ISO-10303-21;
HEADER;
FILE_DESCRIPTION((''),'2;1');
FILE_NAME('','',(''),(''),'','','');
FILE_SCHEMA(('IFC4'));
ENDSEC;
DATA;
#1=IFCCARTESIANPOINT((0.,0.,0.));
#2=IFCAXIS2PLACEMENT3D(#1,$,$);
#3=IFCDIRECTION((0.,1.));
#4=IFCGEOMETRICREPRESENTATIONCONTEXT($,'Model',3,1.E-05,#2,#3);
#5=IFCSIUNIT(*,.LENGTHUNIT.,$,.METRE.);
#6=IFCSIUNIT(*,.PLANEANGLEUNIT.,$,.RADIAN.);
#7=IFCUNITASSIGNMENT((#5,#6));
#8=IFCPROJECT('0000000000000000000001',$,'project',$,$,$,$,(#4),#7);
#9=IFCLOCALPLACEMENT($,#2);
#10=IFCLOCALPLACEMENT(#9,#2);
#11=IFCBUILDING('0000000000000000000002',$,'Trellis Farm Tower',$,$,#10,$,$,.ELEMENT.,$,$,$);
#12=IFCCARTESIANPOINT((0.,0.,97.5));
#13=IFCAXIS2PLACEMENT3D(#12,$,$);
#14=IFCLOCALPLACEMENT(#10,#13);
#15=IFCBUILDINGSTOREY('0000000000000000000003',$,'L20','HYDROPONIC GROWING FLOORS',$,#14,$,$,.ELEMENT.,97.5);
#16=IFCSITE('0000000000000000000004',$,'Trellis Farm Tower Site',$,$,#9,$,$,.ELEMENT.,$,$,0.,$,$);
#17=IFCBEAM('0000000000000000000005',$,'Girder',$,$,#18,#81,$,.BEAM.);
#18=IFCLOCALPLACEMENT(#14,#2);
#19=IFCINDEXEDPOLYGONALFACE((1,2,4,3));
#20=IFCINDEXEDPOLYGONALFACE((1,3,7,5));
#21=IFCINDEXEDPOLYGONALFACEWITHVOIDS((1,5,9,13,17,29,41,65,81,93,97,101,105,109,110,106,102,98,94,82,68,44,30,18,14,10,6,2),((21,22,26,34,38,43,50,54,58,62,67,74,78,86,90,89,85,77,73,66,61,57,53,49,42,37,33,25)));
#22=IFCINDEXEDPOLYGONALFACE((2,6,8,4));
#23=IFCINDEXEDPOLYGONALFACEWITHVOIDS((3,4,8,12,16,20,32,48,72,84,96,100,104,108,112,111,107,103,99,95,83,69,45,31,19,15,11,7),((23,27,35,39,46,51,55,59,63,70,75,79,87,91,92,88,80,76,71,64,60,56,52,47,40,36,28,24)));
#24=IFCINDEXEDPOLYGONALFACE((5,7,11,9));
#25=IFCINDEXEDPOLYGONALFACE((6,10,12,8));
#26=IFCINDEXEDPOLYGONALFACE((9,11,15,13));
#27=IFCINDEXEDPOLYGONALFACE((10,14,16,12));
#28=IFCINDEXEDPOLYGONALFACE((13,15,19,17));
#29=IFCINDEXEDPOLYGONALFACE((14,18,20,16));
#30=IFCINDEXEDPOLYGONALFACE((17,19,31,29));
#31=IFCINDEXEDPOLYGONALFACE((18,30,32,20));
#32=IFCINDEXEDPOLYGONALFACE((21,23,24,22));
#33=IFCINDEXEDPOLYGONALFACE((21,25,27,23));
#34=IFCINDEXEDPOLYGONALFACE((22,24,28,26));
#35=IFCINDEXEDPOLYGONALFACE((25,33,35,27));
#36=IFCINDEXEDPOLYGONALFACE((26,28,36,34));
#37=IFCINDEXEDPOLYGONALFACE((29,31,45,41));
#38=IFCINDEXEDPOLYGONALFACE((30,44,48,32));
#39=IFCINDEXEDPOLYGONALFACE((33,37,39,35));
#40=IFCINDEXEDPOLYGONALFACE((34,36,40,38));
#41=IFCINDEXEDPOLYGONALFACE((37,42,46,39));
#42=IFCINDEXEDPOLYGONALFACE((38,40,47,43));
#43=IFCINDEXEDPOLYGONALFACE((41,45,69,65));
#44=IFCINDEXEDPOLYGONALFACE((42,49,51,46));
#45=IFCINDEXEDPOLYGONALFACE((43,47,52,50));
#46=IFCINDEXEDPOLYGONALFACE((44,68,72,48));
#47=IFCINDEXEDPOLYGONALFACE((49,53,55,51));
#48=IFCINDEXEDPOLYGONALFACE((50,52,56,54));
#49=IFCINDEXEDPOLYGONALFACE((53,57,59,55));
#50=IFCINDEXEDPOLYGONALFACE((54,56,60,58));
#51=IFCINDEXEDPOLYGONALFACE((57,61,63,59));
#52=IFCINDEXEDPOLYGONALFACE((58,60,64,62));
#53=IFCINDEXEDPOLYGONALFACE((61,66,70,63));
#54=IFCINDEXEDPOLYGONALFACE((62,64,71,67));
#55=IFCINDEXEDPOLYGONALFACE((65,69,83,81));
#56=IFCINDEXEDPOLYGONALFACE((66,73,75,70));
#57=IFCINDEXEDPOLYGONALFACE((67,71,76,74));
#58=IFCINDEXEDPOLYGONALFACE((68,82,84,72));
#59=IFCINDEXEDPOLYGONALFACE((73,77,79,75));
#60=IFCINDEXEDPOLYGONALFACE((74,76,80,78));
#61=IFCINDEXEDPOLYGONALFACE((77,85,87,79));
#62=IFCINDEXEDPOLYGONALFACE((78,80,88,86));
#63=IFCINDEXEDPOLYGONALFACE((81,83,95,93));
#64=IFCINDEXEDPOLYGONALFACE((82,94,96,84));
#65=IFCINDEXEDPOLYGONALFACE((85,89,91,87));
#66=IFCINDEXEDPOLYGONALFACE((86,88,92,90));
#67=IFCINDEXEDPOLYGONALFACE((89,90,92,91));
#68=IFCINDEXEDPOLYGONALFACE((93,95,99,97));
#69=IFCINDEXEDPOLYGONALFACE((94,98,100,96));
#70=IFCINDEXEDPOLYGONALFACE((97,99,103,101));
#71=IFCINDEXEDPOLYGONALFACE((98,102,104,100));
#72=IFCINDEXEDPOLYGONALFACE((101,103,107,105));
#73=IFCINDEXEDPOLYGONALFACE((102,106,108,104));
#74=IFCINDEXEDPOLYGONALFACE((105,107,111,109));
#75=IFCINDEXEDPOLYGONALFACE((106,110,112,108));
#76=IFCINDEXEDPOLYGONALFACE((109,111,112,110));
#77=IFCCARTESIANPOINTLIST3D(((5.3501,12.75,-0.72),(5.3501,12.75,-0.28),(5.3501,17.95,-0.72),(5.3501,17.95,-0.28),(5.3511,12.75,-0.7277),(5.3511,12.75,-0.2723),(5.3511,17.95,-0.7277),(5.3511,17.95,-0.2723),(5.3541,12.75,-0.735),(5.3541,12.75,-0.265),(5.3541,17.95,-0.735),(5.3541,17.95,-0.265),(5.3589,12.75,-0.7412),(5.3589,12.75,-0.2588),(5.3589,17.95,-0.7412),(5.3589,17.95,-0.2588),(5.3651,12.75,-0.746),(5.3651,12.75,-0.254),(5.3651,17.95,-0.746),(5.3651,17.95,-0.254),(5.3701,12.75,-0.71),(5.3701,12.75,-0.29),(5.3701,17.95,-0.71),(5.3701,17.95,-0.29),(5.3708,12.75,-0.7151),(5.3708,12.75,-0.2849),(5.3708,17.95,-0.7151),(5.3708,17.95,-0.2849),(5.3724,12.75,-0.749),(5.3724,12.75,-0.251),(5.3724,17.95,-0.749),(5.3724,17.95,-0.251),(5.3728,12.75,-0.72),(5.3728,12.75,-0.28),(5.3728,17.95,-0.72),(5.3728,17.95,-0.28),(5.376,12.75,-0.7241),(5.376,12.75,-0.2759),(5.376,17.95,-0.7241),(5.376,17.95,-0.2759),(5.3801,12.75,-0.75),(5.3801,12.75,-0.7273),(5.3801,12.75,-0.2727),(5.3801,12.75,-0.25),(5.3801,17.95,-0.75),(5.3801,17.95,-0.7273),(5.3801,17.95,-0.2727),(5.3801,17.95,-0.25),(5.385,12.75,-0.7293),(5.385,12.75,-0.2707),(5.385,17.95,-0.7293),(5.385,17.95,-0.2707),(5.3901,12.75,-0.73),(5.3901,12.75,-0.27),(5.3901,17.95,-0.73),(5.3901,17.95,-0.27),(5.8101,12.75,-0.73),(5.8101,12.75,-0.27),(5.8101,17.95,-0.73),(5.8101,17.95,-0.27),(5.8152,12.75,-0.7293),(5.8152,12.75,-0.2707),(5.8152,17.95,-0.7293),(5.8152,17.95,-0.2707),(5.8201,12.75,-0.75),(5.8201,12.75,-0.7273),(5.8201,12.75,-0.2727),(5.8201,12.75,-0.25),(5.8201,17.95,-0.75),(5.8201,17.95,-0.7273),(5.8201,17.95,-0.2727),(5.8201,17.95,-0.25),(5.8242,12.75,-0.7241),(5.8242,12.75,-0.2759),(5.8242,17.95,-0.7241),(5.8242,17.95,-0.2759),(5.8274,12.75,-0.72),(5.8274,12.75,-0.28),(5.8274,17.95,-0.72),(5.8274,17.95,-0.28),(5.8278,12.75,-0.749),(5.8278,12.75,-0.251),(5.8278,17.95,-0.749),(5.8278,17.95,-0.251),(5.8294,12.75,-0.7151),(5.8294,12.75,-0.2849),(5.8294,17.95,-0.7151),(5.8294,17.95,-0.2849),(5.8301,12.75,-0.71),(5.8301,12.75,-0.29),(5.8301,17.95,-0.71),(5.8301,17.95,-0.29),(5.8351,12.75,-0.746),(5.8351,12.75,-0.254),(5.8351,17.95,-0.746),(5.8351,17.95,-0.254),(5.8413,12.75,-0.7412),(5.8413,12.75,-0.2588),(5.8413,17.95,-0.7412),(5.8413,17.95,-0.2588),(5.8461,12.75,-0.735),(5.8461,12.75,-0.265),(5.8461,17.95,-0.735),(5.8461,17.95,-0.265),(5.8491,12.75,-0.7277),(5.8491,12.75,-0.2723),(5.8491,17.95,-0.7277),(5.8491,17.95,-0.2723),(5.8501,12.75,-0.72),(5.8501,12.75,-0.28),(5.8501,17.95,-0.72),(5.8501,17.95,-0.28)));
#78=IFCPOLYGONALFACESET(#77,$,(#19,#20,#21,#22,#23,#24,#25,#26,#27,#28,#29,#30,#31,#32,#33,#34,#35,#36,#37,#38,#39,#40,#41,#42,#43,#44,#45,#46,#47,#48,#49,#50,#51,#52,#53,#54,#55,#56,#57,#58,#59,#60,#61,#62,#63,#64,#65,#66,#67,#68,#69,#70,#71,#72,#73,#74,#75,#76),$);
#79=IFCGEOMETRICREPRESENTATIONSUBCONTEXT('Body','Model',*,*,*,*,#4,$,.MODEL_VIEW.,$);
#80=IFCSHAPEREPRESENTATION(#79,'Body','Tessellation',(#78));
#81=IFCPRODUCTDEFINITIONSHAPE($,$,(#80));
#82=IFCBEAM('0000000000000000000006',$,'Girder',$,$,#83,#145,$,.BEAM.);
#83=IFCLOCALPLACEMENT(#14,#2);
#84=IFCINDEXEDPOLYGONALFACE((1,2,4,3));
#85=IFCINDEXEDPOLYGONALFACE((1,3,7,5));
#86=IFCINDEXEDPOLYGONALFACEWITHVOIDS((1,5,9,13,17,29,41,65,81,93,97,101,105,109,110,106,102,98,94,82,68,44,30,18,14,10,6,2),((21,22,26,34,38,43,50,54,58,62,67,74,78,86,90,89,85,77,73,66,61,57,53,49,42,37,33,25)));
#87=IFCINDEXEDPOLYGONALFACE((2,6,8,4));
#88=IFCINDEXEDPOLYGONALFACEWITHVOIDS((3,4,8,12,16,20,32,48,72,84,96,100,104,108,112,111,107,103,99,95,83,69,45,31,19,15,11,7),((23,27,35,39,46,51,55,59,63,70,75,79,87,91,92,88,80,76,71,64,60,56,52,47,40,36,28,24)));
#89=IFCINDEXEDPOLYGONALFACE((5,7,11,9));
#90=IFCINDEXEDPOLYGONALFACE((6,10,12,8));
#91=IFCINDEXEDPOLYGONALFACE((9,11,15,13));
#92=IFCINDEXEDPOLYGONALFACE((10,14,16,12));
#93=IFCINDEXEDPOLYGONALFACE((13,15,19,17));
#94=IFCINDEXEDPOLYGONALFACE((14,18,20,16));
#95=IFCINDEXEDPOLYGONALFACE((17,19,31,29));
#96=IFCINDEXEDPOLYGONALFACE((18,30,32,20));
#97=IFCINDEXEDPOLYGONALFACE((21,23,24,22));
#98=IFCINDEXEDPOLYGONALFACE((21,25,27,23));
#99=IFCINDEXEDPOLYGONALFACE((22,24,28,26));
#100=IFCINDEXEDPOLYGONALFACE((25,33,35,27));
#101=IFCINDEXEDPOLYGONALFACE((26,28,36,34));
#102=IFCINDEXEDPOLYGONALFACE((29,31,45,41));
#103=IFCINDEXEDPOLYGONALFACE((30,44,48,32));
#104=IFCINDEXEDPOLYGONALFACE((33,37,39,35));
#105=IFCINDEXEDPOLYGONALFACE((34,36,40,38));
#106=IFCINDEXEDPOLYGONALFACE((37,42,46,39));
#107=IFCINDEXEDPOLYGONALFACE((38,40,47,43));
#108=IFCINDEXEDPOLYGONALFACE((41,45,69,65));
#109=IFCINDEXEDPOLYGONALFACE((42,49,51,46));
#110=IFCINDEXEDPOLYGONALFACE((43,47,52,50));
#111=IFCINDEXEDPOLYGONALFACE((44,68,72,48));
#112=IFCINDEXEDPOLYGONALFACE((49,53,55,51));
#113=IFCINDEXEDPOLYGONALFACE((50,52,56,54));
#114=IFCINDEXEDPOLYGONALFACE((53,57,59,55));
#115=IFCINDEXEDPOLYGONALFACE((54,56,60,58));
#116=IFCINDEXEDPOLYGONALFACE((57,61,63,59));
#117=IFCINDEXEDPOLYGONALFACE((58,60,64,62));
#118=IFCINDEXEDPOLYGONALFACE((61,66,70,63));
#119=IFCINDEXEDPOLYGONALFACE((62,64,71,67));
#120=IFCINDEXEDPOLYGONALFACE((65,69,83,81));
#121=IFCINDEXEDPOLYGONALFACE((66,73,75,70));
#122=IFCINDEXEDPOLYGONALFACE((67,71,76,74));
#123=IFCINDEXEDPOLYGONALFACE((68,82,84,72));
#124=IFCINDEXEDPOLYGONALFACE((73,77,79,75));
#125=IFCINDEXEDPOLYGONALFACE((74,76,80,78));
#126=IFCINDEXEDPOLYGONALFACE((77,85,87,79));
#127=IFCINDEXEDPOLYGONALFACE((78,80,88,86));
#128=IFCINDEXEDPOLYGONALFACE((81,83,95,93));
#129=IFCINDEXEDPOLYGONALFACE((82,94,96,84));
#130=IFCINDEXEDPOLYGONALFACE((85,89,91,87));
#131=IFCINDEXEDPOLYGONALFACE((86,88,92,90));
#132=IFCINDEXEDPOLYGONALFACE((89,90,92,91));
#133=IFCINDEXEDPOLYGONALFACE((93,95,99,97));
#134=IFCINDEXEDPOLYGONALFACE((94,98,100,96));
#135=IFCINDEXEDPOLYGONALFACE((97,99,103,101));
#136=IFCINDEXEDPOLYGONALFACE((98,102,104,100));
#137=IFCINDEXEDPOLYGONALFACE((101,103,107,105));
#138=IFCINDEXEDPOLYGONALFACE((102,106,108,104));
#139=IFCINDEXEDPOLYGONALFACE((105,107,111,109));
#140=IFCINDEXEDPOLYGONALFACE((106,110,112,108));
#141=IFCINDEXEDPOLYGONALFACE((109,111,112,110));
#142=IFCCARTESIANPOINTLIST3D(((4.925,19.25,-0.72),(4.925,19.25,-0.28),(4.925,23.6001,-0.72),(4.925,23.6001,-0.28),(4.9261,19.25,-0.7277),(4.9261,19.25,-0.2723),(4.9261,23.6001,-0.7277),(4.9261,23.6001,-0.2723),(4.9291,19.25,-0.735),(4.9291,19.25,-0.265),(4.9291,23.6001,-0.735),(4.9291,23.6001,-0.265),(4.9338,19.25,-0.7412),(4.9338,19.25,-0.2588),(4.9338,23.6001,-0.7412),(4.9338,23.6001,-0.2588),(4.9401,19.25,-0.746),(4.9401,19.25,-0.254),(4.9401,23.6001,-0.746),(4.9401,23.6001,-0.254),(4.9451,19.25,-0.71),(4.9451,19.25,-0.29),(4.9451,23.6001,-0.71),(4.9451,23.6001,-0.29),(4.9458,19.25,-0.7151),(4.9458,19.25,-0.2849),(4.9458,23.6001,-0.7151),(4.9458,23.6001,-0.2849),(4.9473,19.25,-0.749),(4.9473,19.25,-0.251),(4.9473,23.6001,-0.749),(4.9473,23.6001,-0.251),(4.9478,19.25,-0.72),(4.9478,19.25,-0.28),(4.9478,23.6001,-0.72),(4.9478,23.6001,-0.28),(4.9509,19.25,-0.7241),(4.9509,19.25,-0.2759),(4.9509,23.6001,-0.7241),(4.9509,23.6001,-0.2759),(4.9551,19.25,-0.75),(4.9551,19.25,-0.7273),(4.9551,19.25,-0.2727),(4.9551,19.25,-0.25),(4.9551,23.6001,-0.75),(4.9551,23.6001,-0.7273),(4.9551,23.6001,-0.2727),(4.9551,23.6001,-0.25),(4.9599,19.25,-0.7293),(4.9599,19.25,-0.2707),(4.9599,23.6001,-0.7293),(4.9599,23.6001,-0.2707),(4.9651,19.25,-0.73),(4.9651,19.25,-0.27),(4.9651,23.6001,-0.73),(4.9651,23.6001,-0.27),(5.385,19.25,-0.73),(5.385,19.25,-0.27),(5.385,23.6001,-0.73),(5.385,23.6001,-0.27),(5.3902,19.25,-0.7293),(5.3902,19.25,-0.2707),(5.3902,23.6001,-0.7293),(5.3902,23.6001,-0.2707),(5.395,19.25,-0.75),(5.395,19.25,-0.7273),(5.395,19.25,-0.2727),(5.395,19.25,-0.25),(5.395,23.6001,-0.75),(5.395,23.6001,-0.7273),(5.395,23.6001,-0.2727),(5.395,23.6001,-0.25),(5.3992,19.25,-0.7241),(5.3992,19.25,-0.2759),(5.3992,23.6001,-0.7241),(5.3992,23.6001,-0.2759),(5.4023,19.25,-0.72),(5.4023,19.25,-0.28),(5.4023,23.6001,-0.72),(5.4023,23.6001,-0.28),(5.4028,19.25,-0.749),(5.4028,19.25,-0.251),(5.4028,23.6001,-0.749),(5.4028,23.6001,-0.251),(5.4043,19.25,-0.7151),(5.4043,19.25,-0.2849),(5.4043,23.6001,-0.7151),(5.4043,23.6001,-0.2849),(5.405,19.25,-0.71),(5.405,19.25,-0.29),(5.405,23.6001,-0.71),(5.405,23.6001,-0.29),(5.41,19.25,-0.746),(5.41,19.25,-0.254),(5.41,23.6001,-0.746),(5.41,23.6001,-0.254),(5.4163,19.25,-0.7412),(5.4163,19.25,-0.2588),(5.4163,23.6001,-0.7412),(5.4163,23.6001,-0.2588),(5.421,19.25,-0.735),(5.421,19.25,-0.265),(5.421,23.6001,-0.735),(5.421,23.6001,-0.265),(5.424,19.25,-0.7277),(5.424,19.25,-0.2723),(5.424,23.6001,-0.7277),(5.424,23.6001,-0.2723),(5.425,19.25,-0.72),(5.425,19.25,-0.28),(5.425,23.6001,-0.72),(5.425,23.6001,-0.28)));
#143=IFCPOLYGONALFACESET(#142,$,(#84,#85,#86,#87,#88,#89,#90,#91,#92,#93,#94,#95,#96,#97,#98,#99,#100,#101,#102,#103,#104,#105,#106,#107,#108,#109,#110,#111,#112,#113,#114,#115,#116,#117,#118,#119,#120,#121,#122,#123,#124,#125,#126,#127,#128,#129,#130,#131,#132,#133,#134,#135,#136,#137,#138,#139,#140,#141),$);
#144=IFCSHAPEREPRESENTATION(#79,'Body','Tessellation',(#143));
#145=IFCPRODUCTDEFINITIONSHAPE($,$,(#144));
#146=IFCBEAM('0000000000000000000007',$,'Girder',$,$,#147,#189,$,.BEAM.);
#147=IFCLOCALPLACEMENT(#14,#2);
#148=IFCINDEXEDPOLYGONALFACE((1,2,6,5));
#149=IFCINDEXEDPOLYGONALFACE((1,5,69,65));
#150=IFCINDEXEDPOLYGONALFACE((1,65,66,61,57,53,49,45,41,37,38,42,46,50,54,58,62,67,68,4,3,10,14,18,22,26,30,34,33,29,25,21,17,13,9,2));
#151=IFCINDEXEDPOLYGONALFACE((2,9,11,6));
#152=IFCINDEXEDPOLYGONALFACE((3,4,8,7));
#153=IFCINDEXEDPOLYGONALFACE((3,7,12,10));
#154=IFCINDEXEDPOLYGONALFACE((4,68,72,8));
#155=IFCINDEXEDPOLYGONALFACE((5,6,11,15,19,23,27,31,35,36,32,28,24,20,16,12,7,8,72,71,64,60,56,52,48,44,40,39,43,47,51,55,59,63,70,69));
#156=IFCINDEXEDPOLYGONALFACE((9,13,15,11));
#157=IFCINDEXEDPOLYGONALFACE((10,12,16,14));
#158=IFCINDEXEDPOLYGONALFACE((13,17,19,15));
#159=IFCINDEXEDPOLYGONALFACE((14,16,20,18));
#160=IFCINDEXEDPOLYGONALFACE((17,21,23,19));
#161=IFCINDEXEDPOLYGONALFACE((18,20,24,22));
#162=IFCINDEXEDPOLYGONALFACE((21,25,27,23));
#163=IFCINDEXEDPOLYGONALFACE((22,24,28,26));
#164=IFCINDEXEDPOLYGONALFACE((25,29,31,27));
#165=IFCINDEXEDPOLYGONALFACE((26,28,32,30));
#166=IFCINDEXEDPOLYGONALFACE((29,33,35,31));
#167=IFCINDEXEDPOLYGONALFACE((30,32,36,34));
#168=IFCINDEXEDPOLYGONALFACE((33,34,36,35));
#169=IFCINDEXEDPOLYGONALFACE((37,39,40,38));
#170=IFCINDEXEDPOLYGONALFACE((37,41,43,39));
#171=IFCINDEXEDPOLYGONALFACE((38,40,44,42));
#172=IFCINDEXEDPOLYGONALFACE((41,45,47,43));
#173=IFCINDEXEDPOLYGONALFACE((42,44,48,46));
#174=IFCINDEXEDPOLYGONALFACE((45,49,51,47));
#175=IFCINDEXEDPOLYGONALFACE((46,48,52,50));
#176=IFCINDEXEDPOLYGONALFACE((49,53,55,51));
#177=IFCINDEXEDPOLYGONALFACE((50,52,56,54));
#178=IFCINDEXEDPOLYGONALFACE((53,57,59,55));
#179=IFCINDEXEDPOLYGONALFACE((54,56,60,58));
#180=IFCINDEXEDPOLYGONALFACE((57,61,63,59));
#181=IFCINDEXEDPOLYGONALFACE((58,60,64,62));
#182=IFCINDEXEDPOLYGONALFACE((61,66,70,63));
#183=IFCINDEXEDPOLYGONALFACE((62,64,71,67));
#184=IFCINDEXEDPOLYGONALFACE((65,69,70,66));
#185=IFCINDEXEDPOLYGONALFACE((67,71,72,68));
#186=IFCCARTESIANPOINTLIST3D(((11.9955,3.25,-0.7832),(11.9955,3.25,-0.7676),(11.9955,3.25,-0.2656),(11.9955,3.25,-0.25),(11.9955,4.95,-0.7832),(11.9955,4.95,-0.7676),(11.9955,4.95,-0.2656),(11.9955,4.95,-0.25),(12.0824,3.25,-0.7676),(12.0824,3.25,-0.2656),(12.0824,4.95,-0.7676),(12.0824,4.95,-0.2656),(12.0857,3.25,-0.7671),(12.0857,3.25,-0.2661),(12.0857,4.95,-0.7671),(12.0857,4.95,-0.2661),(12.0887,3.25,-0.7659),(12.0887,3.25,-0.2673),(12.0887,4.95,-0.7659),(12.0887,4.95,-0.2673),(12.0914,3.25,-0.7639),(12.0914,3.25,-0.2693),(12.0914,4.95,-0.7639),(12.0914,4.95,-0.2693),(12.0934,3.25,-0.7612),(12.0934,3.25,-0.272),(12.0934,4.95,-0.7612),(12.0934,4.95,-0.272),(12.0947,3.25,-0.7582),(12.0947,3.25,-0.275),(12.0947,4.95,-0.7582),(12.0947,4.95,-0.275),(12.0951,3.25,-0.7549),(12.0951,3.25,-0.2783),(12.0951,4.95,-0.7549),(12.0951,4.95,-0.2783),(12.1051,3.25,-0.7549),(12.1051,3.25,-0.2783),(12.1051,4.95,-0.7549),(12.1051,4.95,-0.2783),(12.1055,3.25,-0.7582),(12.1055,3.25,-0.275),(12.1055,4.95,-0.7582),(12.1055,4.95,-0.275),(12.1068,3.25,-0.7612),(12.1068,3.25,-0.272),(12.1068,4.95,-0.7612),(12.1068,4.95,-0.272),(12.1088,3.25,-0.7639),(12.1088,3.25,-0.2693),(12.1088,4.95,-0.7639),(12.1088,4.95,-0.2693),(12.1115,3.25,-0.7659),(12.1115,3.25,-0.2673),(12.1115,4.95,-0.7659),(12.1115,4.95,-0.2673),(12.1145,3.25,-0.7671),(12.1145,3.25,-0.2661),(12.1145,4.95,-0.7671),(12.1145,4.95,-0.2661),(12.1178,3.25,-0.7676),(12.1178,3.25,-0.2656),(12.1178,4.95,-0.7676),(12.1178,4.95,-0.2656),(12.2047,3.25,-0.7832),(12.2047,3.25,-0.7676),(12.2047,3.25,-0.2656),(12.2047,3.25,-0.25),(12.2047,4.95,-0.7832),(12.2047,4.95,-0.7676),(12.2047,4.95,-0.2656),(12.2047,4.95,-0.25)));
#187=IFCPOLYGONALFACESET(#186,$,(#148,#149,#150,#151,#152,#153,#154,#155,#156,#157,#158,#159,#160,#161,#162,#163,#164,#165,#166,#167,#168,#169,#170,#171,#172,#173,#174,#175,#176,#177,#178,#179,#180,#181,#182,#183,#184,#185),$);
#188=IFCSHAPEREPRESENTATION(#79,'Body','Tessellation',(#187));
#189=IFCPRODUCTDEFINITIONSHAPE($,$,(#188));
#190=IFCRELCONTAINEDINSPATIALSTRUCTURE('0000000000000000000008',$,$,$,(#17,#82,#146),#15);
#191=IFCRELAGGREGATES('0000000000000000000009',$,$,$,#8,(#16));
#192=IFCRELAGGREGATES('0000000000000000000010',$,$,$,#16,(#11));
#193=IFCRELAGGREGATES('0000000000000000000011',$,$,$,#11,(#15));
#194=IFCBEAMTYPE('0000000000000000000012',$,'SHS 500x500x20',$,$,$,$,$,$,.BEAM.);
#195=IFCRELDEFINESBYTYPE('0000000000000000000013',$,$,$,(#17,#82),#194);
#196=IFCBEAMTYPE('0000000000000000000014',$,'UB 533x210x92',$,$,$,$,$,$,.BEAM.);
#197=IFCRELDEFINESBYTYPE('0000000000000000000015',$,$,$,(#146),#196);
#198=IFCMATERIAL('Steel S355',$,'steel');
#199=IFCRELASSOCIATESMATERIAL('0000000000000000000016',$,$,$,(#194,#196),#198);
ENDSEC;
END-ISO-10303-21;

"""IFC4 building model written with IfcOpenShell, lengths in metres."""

from ifc_helpers import new_model, si_unit, direction, frame, origin, origin_2d, place, context, subcontext, project, spatial, hollow_rectangle, i_section, extrude, source, transform, mapped, material, material_profile, profile_set, type_object, element, save


model = new_model("IFC4")

# Units and contexts
model_context = context("Model", 3, precision=1e-05, world=origin(), true_north=direction((0.0, 1.0)))
body_context = subcontext(model_context, "Body", "Model", "MODEL_VIEW")
ifc_project = project(units=[si_unit("LENGTHUNIT", "METRE"), si_unit("PLANEANGLEUNIT", "RADIAN")], contexts=[model_context])

# Site, building, storey
site_placement = place(None, origin())
site = spatial("IfcSite", under=ifc_project, at=site_placement, Name="Trellis Farm Tower Site", CompositionType="ELEMENT", RefElevation=0.0)
building_placement = place(site_placement, origin())
building = spatial("IfcBuilding", under=site, at=building_placement, Name="Trellis Farm Tower", CompositionType="ELEMENT")
storey_placement = place(building_placement, frame((0.0, 0.0, 97.5)))
storey = spatial("IfcBuildingStorey", under=building, at=storey_placement, Name="L20", Description="HYDROPONIC GROWING FLOORS", CompositionType="ELEMENT", Elevation=97.5)

# Beams
ifc_material_1 = material(Name="Steel S355", Category="steel")
ifc_material_profile_1 = material_profile(ifc_material_1, hollow_rectangle(XDim=0.5, YDim=0.5, WallThickness=0.02, InnerFilletRadius=0.02, OuterFilletRadius=0.03, at=origin_2d()), Name="SHS 500x500x20")
ifc_profile_set_1 = profile_set([ifc_material_profile_1], Name="Steel S355")
beam_type_1 = type_object("IfcBeamType", Name="SHS 500x500x20", PredefinedType="BEAM", material=ifc_profile_set_1)
shared_shape_1 = source(origin(), body_context, "Body", "SweptSolid", [
    extrude(hollow_rectangle(XDim=0.5, YDim=0.5, WallThickness=0.02, InnerFilletRadius=0.02, OuterFilletRadius=0.03, at=origin_2d()), origin(), (0.0, 0.0, 1.0), 5.2),
])
for number, where, z_axis, x_axis, name in (
    (1, (5.6001, 12.75, -0.5), (0.0, 1.0, 0.0), (-1.0, 0.0, 0.0), "Girder"),
):
    element("IfcBeam", number, at=place(storey_placement, frame(where, z_axis=z_axis, x_axis=x_axis)), inside=storey, type_object=beam_type_1, Name=name, PredefinedType="BEAM", context=body_context, shape_type="MappedRepresentation", body=[
        mapped(shared_shape_1, transform((0.0, 0.0, 0.0))),
    ])
shared_shape_2 = source(origin(), body_context, "Body", "SweptSolid", [
    extrude(hollow_rectangle(XDim=0.5, YDim=0.5, WallThickness=0.02, InnerFilletRadius=0.02, OuterFilletRadius=0.03, at=origin_2d()), origin(), (0.0, 0.0, 1.0), 4.3501),
])
beam_1_placement = place(storey_placement, frame((5.175, 19.25, -0.5), z_axis=(0.0, 1.0, 0.0), x_axis=(-1.0, 0.0, 0.0)))
element("IfcBeam", 2, at=beam_1_placement, inside=storey, type_object=beam_type_1, Name="Girder", PredefinedType="BEAM", context=body_context, shape_type="MappedRepresentation", body=[
    mapped(shared_shape_2, transform((0.0, 0.0, 0.0))),
])
ifc_material_profile_2 = material_profile(ifc_material_1, i_section(OverallWidth=0.2092, OverallDepth=0.5332, WebThickness=0.01, FlangeThickness=0.0156, FilletRadius=0.0127, at=origin_2d()), Name="UB 533x210x92")
ifc_profile_set_2 = profile_set([ifc_material_profile_2], Name="Steel S355")
beam_type_2 = type_object("IfcBeamType", Name="UB 533x210x92", PredefinedType="BEAM", material=ifc_profile_set_2)
shared_shape_3 = source(origin(), body_context, "Body", "SweptSolid", [
    extrude(i_section(OverallWidth=0.2092, OverallDepth=0.5332, WebThickness=0.01, FlangeThickness=0.0156, FilletRadius=0.0127, at=origin_2d()), origin(), (0.0, 0.0, 1.0), 1.7),
])
beam_2_placement = place(storey_placement, frame((12.1001, 3.25, -0.5166), z_axis=(0.0, 1.0, 0.0), x_axis=(-1.0, 0.0, 0.0)))
element("IfcBeam", 3, at=beam_2_placement, inside=storey, type_object=beam_type_2, Name="Girder", PredefinedType="BEAM", context=body_context, shape_type="MappedRepresentation", body=[
    mapped(shared_shape_3, transform((0.0, 0.0, 0.0))),
])

save(model, "model.ifc")
